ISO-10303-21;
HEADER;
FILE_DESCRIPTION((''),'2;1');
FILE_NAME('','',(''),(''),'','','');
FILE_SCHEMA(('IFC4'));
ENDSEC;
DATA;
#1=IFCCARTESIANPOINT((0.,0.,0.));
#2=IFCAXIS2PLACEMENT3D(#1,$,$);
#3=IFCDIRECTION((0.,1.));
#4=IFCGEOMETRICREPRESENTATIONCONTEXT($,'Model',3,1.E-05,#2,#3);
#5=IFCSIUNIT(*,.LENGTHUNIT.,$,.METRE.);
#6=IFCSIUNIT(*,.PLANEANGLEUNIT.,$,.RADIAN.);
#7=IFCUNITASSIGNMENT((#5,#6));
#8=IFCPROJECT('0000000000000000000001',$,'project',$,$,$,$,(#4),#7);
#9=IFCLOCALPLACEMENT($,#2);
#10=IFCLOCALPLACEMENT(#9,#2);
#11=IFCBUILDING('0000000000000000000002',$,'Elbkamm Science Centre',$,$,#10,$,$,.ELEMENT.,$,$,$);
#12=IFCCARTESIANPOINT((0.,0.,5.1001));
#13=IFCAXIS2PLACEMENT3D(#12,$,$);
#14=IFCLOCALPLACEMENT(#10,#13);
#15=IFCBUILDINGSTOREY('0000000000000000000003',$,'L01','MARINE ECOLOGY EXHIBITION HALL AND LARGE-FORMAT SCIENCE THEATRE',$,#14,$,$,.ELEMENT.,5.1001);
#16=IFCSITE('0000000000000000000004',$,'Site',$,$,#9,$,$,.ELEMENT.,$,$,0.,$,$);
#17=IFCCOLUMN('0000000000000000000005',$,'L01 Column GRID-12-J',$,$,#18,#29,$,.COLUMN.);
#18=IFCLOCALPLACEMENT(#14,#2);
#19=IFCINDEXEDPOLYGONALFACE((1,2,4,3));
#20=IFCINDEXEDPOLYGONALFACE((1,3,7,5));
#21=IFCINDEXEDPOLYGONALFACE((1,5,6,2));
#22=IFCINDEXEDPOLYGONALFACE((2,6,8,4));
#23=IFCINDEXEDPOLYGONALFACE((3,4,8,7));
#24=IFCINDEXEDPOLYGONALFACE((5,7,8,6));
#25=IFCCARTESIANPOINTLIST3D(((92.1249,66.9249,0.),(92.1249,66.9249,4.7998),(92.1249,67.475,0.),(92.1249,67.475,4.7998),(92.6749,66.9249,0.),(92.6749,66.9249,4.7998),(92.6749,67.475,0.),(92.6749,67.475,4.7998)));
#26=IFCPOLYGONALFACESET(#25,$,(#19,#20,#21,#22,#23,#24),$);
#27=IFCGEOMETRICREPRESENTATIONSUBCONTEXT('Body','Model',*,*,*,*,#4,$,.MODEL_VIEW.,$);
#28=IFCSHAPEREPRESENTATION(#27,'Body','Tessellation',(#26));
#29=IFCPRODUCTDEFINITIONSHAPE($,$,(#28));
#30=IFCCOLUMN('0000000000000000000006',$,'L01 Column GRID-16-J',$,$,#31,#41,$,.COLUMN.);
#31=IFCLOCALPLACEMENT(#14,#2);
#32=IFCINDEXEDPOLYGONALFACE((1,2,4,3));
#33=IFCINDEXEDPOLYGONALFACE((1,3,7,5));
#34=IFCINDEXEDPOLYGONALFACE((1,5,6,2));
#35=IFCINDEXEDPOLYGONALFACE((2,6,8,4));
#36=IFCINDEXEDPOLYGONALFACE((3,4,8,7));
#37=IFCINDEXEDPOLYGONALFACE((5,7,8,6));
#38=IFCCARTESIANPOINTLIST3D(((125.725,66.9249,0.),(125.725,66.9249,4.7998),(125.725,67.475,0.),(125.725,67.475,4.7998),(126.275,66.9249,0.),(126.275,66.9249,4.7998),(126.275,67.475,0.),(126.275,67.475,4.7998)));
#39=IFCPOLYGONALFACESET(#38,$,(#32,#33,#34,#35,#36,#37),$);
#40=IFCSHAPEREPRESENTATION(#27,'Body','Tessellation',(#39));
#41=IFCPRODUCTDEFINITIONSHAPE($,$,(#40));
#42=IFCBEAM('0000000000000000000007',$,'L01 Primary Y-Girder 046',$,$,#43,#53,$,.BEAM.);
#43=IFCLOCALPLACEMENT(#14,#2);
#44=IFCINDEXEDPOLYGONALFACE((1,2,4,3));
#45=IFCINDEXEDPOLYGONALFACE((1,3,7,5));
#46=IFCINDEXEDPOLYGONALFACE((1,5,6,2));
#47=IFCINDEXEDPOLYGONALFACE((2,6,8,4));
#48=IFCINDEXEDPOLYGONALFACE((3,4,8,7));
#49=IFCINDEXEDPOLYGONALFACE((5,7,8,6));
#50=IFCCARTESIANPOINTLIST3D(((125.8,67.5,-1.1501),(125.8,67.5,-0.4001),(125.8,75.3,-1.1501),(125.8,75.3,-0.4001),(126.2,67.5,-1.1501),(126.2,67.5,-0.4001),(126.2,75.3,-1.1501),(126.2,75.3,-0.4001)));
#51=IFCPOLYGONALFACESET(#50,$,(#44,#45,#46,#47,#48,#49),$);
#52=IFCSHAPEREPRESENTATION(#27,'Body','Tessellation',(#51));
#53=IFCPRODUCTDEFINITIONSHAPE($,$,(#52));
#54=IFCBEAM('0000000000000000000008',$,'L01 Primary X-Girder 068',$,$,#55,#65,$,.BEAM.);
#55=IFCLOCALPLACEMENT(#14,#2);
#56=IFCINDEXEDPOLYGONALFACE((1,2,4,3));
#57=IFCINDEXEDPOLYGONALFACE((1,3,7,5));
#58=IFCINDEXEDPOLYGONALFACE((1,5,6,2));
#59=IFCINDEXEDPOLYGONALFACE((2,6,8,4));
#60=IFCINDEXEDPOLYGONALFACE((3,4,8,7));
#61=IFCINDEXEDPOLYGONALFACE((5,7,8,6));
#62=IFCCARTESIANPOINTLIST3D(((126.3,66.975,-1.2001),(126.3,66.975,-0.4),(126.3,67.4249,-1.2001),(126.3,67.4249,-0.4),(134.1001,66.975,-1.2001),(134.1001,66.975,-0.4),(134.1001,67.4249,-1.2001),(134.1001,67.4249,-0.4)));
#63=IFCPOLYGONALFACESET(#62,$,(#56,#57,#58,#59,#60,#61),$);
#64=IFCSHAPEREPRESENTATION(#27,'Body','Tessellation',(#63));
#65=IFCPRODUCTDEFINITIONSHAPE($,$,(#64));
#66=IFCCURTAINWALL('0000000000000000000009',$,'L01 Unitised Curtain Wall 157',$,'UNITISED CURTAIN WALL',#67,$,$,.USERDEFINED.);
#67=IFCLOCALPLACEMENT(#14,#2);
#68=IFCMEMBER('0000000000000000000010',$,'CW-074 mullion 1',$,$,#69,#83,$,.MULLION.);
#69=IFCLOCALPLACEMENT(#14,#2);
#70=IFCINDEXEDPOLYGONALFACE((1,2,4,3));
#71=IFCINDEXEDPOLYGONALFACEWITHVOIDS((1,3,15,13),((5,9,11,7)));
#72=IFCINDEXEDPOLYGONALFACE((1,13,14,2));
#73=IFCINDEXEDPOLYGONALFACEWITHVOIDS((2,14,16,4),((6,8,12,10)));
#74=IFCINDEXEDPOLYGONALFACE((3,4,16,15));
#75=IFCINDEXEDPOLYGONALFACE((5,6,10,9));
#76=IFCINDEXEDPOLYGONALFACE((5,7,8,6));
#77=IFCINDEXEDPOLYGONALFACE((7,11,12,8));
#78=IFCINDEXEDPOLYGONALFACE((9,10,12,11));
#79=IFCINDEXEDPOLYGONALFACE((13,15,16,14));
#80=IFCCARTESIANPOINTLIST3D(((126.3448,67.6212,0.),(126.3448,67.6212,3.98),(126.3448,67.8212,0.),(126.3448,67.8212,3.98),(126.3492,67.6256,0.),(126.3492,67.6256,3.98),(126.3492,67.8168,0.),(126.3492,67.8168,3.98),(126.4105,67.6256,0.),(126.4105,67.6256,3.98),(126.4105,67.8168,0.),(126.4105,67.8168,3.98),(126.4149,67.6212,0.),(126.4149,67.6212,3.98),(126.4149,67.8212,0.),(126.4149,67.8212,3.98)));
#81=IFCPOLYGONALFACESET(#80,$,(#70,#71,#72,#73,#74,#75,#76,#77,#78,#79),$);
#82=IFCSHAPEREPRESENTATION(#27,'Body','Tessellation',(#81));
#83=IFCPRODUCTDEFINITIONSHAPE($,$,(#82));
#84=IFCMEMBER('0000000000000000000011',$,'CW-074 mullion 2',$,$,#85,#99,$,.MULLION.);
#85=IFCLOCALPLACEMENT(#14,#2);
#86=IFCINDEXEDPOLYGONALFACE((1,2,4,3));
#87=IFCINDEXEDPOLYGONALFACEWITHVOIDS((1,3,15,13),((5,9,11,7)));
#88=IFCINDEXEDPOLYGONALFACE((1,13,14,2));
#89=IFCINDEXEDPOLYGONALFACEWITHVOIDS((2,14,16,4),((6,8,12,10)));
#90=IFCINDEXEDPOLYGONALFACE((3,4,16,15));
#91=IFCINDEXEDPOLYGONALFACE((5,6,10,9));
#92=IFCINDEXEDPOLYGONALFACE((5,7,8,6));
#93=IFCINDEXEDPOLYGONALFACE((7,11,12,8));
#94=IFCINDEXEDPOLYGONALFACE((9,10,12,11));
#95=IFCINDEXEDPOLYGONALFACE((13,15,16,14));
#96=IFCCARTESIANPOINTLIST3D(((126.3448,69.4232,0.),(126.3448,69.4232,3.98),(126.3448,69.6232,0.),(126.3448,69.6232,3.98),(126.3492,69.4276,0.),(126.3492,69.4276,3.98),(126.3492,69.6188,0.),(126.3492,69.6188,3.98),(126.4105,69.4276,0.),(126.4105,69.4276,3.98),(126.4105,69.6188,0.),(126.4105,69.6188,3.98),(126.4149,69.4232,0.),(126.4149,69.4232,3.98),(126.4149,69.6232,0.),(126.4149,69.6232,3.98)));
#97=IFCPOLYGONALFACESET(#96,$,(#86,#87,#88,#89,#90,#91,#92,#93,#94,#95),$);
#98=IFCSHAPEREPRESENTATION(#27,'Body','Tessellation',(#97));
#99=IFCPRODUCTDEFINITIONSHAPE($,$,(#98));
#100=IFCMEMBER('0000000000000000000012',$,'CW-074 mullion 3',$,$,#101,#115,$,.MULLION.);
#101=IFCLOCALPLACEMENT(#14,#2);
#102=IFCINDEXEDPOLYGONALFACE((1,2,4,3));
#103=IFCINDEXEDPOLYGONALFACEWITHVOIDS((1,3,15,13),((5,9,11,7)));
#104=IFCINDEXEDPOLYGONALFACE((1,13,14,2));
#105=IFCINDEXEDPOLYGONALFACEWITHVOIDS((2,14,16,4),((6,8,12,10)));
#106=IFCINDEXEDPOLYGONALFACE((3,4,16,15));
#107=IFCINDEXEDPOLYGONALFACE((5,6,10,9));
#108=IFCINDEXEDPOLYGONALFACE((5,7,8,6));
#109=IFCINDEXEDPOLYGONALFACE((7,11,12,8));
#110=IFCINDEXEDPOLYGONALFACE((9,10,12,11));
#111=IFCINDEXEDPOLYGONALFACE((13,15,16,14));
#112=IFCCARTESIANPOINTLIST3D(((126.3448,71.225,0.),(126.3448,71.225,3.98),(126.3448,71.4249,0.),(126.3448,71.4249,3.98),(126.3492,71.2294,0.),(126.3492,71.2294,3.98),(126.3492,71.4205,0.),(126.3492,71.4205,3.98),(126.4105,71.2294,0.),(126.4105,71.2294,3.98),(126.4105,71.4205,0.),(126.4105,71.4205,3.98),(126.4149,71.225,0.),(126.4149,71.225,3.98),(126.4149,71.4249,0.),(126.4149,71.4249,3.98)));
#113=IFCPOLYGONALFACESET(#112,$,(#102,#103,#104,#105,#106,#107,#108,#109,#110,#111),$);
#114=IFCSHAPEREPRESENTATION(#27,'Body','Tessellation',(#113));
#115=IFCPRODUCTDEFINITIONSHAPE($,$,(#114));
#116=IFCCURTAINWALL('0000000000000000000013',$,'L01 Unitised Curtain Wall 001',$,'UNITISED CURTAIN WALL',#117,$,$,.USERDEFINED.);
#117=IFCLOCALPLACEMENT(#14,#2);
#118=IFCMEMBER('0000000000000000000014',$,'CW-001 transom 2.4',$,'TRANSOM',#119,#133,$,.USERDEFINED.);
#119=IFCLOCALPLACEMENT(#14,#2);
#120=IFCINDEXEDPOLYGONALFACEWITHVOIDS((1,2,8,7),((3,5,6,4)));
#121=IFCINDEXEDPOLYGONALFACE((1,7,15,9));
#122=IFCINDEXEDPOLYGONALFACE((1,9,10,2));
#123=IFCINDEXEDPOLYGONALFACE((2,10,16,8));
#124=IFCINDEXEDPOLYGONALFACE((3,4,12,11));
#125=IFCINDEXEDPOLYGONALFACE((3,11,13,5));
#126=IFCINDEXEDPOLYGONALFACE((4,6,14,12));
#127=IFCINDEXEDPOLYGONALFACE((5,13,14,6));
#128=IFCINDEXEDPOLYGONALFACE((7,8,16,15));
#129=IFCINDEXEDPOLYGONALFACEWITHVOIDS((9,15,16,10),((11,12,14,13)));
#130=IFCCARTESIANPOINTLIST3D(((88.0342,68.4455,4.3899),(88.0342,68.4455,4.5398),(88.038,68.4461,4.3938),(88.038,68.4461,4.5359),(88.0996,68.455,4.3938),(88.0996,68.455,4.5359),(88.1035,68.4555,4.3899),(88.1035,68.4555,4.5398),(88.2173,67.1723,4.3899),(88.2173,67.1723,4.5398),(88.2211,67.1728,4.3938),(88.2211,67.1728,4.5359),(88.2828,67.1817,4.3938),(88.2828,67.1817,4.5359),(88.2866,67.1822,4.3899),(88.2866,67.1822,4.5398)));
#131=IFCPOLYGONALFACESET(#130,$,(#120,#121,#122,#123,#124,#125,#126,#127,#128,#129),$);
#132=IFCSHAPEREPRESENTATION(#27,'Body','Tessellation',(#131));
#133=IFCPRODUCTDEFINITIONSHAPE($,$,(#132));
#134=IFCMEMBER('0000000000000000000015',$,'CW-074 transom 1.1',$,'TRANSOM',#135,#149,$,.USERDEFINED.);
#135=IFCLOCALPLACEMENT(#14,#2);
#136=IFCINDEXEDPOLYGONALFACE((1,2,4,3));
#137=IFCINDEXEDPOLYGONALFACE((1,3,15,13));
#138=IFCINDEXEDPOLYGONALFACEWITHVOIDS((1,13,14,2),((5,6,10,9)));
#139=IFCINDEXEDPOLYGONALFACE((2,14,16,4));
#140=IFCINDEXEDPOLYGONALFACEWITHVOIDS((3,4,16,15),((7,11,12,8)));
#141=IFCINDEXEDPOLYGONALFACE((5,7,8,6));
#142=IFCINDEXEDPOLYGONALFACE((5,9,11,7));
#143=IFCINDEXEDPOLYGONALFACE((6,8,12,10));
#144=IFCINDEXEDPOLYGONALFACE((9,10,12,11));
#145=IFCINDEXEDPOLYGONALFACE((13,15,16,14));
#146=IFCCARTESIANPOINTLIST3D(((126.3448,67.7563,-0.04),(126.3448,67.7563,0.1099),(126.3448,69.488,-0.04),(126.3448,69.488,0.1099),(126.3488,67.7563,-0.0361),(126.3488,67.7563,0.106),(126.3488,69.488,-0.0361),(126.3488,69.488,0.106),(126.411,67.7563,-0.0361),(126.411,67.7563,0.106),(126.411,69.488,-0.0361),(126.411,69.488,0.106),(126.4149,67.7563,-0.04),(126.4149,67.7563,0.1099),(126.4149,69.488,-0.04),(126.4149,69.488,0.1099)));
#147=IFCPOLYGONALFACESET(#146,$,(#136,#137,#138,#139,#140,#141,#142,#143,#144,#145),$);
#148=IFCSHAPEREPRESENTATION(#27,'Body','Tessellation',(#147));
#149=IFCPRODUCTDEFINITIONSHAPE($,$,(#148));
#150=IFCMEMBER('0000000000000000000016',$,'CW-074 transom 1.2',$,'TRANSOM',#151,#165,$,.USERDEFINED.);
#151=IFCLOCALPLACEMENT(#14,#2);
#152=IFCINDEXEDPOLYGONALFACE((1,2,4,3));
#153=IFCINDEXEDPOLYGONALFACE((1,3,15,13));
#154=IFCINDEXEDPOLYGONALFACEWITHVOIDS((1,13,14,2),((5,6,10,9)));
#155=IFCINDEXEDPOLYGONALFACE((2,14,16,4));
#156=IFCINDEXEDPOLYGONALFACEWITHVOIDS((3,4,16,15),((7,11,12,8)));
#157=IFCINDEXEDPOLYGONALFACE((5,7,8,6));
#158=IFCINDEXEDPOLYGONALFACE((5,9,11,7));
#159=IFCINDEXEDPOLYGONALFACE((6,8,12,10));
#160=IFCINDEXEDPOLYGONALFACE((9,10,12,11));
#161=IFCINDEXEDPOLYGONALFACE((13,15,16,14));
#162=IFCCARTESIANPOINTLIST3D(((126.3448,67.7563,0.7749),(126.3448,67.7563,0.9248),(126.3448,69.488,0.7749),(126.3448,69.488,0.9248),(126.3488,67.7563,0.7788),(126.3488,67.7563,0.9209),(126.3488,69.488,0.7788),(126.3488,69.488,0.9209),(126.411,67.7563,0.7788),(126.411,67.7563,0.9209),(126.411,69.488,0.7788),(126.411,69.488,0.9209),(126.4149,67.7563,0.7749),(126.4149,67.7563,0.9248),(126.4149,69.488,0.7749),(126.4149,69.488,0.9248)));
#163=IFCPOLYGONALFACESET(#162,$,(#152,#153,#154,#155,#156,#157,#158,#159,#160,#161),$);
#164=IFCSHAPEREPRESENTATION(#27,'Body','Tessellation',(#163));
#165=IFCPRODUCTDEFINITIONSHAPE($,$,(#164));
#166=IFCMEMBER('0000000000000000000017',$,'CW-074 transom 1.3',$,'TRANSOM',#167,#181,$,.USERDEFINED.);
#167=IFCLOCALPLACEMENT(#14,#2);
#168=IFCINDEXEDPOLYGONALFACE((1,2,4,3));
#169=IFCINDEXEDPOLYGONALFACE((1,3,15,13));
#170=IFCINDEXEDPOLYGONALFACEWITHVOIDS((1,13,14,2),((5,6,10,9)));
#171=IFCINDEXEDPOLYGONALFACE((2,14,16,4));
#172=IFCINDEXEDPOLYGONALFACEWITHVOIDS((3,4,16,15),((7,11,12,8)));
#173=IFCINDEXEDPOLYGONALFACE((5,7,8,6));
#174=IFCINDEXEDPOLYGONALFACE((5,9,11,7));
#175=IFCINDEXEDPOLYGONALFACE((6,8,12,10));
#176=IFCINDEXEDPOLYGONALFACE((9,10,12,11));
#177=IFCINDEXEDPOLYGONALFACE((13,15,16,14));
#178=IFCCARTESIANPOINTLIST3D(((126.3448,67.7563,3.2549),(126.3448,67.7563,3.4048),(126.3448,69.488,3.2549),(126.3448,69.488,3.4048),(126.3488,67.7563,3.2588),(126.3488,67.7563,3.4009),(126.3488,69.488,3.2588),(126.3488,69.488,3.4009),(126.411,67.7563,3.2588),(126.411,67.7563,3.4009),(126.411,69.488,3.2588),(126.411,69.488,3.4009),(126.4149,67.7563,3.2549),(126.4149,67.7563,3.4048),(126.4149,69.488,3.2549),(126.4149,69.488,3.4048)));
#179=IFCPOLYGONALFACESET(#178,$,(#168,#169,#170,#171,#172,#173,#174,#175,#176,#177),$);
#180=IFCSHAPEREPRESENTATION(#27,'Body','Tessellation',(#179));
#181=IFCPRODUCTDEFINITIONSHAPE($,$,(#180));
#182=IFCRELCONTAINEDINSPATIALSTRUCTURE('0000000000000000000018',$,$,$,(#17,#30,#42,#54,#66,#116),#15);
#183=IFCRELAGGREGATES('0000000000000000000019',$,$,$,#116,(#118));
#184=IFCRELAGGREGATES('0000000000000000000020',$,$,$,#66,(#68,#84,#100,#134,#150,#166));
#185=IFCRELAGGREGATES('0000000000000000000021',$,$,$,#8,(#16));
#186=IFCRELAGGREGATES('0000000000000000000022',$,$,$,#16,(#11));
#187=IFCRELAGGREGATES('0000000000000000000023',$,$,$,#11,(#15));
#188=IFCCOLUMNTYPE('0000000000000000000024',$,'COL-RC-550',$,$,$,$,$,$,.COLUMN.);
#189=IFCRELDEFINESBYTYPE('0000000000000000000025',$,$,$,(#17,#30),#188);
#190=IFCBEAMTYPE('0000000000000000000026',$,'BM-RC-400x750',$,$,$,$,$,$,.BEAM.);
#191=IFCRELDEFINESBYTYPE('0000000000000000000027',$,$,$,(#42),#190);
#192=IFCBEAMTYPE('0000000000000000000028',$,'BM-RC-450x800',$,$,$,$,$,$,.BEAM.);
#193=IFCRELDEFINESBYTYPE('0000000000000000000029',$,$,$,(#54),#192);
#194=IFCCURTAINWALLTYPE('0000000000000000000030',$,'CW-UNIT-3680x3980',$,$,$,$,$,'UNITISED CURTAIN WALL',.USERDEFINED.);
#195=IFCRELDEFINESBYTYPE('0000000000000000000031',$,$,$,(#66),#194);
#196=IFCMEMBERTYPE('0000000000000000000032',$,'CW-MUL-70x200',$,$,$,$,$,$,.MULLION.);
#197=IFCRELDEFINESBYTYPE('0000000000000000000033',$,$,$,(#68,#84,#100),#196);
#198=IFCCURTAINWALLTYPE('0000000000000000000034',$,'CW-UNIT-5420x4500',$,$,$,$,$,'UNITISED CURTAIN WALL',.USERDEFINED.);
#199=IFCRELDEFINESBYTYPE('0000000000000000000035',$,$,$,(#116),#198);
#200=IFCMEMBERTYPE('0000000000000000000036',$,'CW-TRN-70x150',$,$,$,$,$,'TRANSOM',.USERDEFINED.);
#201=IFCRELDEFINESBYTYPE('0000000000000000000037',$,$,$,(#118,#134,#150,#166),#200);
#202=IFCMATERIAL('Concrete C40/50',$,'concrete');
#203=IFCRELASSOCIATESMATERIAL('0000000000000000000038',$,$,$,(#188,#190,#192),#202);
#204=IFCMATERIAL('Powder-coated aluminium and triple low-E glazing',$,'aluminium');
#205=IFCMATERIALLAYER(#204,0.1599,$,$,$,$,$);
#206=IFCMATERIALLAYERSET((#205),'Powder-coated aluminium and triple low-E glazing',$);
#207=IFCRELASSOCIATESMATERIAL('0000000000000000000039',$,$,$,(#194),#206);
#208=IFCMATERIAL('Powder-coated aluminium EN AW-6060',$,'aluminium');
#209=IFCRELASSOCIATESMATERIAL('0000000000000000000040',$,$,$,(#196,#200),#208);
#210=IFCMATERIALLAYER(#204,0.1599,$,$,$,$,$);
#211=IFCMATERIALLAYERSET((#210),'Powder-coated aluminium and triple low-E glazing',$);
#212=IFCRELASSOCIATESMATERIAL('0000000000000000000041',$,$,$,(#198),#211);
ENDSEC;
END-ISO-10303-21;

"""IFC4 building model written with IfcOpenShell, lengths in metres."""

from ifc_helpers import new_model, si_unit, direction, frame, origin, origin_2d, place, context, subcontext, project, spatial, rectangle, hollow_rectangle, extrude, material, layer, layer_set, material_profile, profile_set, type_object, element, aggregate, save


model = new_model("IFC4")

# Units and contexts
model_context = context("Model", 3, precision=1e-05, world=origin(), true_north=direction((0.0, 1.0)))
body_context = subcontext(model_context, "Body", "Model", "MODEL_VIEW")
ifc_project = project(units=[si_unit("LENGTHUNIT", "METRE"), si_unit("PLANEANGLEUNIT", "RADIAN")], contexts=[model_context])

# Site, building, storey
site_placement = place(None, origin())
site = spatial("IfcSite", under=ifc_project, at=site_placement, Name="Site", CompositionType="ELEMENT", RefElevation=0.0)
building_placement = place(site_placement, origin())
building = spatial("IfcBuilding", under=site, at=building_placement, Name="Elbkamm Science Centre", CompositionType="ELEMENT")
storey_placement = place(building_placement, frame((0.0, 0.0, 5.1001)))
storey = spatial("IfcBuildingStorey", under=building, at=storey_placement, Name="L01", Description="MARINE ECOLOGY EXHIBITION HALL AND LARGE-FORMAT SCIENCE THEATRE", CompositionType="ELEMENT", Elevation=5.1001)

# Columns
ifc_material_1 = material(Name="Concrete C40/50", Category="concrete")
ifc_material_profile_1 = material_profile(ifc_material_1, rectangle(XDim=0.55, YDim=0.55, at=origin_2d()), Name="RC 550x550")
ifc_profile_set_1 = profile_set([ifc_material_profile_1], Name="Concrete C40/50")
column_type = type_object("IfcColumnType", Name="COL-RC-550", PredefinedType="COLUMN", material=ifc_profile_set_1)
for number, where, z_axis, x_axis, name in (
    (1, (92.3999, 67.2, 0.0), (0.0, 0.0, 1.0), (1.0, 0.0, 0.0), "L01 Column GRID-12-J"),
    (2, (126.0, 67.2, 0.0), (0.0, 0.0, 1.0), (1.0, 0.0, 0.0), "L01 Column GRID-16-J"),
):
    element("IfcColumn", number, at=place(storey_placement, frame(where, z_axis=z_axis, x_axis=x_axis)), inside=storey, type_object=column_type, Name=name, PredefinedType="COLUMN", context=body_context, shape_type="SweptSolid", body=[
        extrude(rectangle(XDim=0.55, YDim=0.55, at=origin_2d()), origin(), (0.0, 0.0, 1.0), 4.7998),
    ])

# Beams
ifc_material_profile_2 = material_profile(ifc_material_1, rectangle(XDim=0.3999, YDim=0.75, at=origin_2d()), Name="RC 400x750")
ifc_profile_set_2 = profile_set([ifc_material_profile_2], Name="Concrete C40/50")
beam_type_1 = type_object("IfcBeamType", Name="BM-RC-400x750", PredefinedType="BEAM", material=ifc_profile_set_2)
beam_1_placement = place(storey_placement, frame((126.0, 67.5, -0.7751), z_axis=(0.0, 1.0, 0.0), x_axis=(-1.0, 0.0, 0.0)))
element("IfcBeam", 3, at=beam_1_placement, inside=storey, type_object=beam_type_1, Name="L01 Primary Y-Girder 046", PredefinedType="BEAM", context=body_context, shape_type="SweptSolid", body=[
    extrude(rectangle(XDim=0.3999, YDim=0.75, at=origin_2d()), origin(), (0.0, 0.0, 1.0), 7.8),
])
ifc_material_profile_3 = material_profile(ifc_material_1, rectangle(XDim=0.45, YDim=0.8, at=origin_2d()), Name="RC 450x800")
ifc_profile_set_3 = profile_set([ifc_material_profile_3], Name="Concrete C40/50")
beam_type_2 = type_object("IfcBeamType", Name="BM-RC-450x800", PredefinedType="BEAM", material=ifc_profile_set_3)
beam_2_placement = place(storey_placement, frame((126.3, 67.2, -0.8), z_axis=(1.0, 0.0, 0.0), x_axis=(0.0, 1.0, 0.0)))
element("IfcBeam", 4, at=beam_2_placement, inside=storey, type_object=beam_type_2, Name="L01 Primary X-Girder 068", PredefinedType="BEAM", context=body_context, shape_type="SweptSolid", body=[
    extrude(rectangle(XDim=0.45, YDim=0.8, at=origin_2d()), origin(), (0.0, 0.0, 1.0), 7.8),
])

# Curtain wall, members
ifc_material_2 = material(Name="Powder-coated aluminium and triple low-E glazing", Category="aluminium")
ifc_layer_1 = layer(ifc_material_2, 0.1599)
ifc_layer_set_1 = layer_set([ifc_layer_1], Name="Powder-coated aluminium and triple low-E glazing")
curtain_wall_type_1 = type_object("IfcCurtainWallType", Name="CW-UNIT-3680x3980", ElementType="UNITISED CURTAIN WALL", PredefinedType="USERDEFINED", material=ifc_layer_set_1)
curtain_wall_1_placement = place(storey_placement, origin())
curtain_wall_1 = element("IfcCurtainWall", 5, at=curtain_wall_1_placement, inside=storey, type_object=curtain_wall_type_1, Name="L01 Unitised Curtain Wall 157", ObjectType="UNITISED CURTAIN WALL", PredefinedType="USERDEFINED")
ifc_material_3 = material(Name="Powder-coated aluminium EN AW-6060", Category="aluminium")
ifc_material_profile_4 = material_profile(ifc_material_3, hollow_rectangle(XDim=0.0701, YDim=0.2, WallThickness=0.0044, at=origin_2d()), Name="ALU M70x200")
ifc_profile_set_4 = profile_set([ifc_material_profile_4], Name="Powder-coated aluminium EN AW-6060")
member_type_1 = type_object("IfcMemberType", Name="CW-MUL-70x200", PredefinedType="MULLION", material=ifc_profile_set_4)
member_1_placement = place(storey_placement, frame((126.3799, 67.7212, 0.0), z_axis=(0.0, 0.0, 1.0), x_axis=(-1.0, 0.0, 0.0)))
member_1 = element("IfcMember", 6, at=member_1_placement, type_object=member_type_1, Name="CW-074 mullion 1", PredefinedType="MULLION", context=body_context, shape_type="SweptSolid", body=[
    extrude(hollow_rectangle(XDim=0.0701, YDim=0.2, WallThickness=0.0044, at=origin_2d()), origin(), (0.0, 0.0, 1.0), 3.98),
])
member_2_placement = place(storey_placement, frame((126.3799, 69.5232, 0.0), z_axis=(0.0, 0.0, 1.0), x_axis=(-1.0, 0.0, 0.0)))
member_2 = element("IfcMember", 7, at=member_2_placement, type_object=member_type_1, Name="CW-074 mullion 2", PredefinedType="MULLION", context=body_context, shape_type="SweptSolid", body=[
    extrude(hollow_rectangle(XDim=0.0701, YDim=0.2, WallThickness=0.0044, at=origin_2d()), origin(), (0.0, 0.0, 1.0), 3.98),
])
member_3_placement = place(storey_placement, frame((126.3799, 71.325, 0.0), z_axis=(0.0, 0.0, 1.0), x_axis=(-1.0, 0.0, 0.0)))
member_3 = element("IfcMember", 8, at=member_3_placement, type_object=member_type_1, Name="CW-074 mullion 3", PredefinedType="MULLION", context=body_context, shape_type="SweptSolid", body=[
    extrude(hollow_rectangle(XDim=0.0701, YDim=0.2, WallThickness=0.0044, at=origin_2d()), origin(), (0.0, 0.0, 1.0), 3.98),
])

# Curtain wall, member
ifc_layer_2 = layer(ifc_material_2, 0.1599)
ifc_layer_set_2 = layer_set([ifc_layer_2], Name="Powder-coated aluminium and triple low-E glazing")
curtain_wall_type_2 = type_object("IfcCurtainWallType", Name="CW-UNIT-5420x4500", ElementType="UNITISED CURTAIN WALL", PredefinedType="USERDEFINED", material=ifc_layer_set_2)
curtain_wall_2_placement = place(storey_placement, origin())
curtain_wall_2 = element("IfcCurtainWall", 9, at=curtain_wall_2_placement, inside=storey, type_object=curtain_wall_type_2, Name="L01 Unitised Curtain Wall 001", ObjectType="UNITISED CURTAIN WALL", PredefinedType="USERDEFINED")
ifc_material_profile_5 = material_profile(ifc_material_3, hollow_rectangle(XDim=0.0701, YDim=0.1499, WallThickness=0.0039, at=origin_2d()), Name="ALU T70x150")
ifc_profile_set_5 = profile_set([ifc_material_profile_5], Name="Powder-coated aluminium EN AW-6060")
member_type_2 = type_object("IfcMemberType", Name="CW-TRN-70x150", ElementType="TRANSOM", PredefinedType="USERDEFINED", material=ifc_profile_set_5)
member_4_placement = place(storey_placement, frame((88.252, 67.1772, 4.4648), z_axis=(-0.142351, 0.989816, 0.0), x_axis=(-0.989816, -0.142351, 0.0)))
member_4 = element("IfcMember", 10, at=member_4_placement, type_object=member_type_2, Name="CW-001 transom 2.4", ObjectType="TRANSOM", PredefinedType="USERDEFINED", context=body_context, shape_type="SweptSolid", body=[
    extrude(hollow_rectangle(XDim=0.0701, YDim=0.1499, WallThickness=0.0039, at=origin_2d()), origin(), (0.0, 0.0, 1.0), 1.2864),
])

# Members
member_5_placement = place(storey_placement, frame((126.3799, 67.7563, 0.0349), z_axis=(0.0, 1.0, 0.0), x_axis=(-1.0, 0.0, 0.0)))
member_5 = element("IfcMember", 11, at=member_5_placement, type_object=member_type_2, Name="CW-074 transom 1.1", ObjectType="TRANSOM", PredefinedType="USERDEFINED", context=body_context, shape_type="SweptSolid", body=[
    extrude(hollow_rectangle(XDim=0.0701, YDim=0.1499, WallThickness=0.0039, at=origin_2d()), origin(), (0.0, 0.0, 1.0), 1.7317),
])
member_6_placement = place(storey_placement, frame((126.3799, 67.7563, 0.8499), z_axis=(0.0, 1.0, 0.0), x_axis=(-1.0, 0.0, 0.0)))
member_6 = element("IfcMember", 12, at=member_6_placement, type_object=member_type_2, Name="CW-074 transom 1.2", ObjectType="TRANSOM", PredefinedType="USERDEFINED", context=body_context, shape_type="SweptSolid", body=[
    extrude(hollow_rectangle(XDim=0.0701, YDim=0.1499, WallThickness=0.0039, at=origin_2d()), origin(), (0.0, 0.0, 1.0), 1.7317),
])
member_7_placement = place(storey_placement, frame((126.3799, 67.7563, 3.3298), z_axis=(0.0, 1.0, 0.0), x_axis=(-1.0, 0.0, 0.0)))
member_7 = element("IfcMember", 13, at=member_7_placement, type_object=member_type_2, Name="CW-074 transom 1.3", ObjectType="TRANSOM", PredefinedType="USERDEFINED", context=body_context, shape_type="SweptSolid", body=[
    extrude(hollow_rectangle(XDim=0.0701, YDim=0.1499, WallThickness=0.0039, at=origin_2d()), origin(), (0.0, 0.0, 1.0), 1.7317),
])

aggregate(curtain_wall_2, [member_4])
aggregate(curtain_wall_1, [member_1, member_2, member_3, member_5, member_6, member_7])

save(model, "model.ifc")
